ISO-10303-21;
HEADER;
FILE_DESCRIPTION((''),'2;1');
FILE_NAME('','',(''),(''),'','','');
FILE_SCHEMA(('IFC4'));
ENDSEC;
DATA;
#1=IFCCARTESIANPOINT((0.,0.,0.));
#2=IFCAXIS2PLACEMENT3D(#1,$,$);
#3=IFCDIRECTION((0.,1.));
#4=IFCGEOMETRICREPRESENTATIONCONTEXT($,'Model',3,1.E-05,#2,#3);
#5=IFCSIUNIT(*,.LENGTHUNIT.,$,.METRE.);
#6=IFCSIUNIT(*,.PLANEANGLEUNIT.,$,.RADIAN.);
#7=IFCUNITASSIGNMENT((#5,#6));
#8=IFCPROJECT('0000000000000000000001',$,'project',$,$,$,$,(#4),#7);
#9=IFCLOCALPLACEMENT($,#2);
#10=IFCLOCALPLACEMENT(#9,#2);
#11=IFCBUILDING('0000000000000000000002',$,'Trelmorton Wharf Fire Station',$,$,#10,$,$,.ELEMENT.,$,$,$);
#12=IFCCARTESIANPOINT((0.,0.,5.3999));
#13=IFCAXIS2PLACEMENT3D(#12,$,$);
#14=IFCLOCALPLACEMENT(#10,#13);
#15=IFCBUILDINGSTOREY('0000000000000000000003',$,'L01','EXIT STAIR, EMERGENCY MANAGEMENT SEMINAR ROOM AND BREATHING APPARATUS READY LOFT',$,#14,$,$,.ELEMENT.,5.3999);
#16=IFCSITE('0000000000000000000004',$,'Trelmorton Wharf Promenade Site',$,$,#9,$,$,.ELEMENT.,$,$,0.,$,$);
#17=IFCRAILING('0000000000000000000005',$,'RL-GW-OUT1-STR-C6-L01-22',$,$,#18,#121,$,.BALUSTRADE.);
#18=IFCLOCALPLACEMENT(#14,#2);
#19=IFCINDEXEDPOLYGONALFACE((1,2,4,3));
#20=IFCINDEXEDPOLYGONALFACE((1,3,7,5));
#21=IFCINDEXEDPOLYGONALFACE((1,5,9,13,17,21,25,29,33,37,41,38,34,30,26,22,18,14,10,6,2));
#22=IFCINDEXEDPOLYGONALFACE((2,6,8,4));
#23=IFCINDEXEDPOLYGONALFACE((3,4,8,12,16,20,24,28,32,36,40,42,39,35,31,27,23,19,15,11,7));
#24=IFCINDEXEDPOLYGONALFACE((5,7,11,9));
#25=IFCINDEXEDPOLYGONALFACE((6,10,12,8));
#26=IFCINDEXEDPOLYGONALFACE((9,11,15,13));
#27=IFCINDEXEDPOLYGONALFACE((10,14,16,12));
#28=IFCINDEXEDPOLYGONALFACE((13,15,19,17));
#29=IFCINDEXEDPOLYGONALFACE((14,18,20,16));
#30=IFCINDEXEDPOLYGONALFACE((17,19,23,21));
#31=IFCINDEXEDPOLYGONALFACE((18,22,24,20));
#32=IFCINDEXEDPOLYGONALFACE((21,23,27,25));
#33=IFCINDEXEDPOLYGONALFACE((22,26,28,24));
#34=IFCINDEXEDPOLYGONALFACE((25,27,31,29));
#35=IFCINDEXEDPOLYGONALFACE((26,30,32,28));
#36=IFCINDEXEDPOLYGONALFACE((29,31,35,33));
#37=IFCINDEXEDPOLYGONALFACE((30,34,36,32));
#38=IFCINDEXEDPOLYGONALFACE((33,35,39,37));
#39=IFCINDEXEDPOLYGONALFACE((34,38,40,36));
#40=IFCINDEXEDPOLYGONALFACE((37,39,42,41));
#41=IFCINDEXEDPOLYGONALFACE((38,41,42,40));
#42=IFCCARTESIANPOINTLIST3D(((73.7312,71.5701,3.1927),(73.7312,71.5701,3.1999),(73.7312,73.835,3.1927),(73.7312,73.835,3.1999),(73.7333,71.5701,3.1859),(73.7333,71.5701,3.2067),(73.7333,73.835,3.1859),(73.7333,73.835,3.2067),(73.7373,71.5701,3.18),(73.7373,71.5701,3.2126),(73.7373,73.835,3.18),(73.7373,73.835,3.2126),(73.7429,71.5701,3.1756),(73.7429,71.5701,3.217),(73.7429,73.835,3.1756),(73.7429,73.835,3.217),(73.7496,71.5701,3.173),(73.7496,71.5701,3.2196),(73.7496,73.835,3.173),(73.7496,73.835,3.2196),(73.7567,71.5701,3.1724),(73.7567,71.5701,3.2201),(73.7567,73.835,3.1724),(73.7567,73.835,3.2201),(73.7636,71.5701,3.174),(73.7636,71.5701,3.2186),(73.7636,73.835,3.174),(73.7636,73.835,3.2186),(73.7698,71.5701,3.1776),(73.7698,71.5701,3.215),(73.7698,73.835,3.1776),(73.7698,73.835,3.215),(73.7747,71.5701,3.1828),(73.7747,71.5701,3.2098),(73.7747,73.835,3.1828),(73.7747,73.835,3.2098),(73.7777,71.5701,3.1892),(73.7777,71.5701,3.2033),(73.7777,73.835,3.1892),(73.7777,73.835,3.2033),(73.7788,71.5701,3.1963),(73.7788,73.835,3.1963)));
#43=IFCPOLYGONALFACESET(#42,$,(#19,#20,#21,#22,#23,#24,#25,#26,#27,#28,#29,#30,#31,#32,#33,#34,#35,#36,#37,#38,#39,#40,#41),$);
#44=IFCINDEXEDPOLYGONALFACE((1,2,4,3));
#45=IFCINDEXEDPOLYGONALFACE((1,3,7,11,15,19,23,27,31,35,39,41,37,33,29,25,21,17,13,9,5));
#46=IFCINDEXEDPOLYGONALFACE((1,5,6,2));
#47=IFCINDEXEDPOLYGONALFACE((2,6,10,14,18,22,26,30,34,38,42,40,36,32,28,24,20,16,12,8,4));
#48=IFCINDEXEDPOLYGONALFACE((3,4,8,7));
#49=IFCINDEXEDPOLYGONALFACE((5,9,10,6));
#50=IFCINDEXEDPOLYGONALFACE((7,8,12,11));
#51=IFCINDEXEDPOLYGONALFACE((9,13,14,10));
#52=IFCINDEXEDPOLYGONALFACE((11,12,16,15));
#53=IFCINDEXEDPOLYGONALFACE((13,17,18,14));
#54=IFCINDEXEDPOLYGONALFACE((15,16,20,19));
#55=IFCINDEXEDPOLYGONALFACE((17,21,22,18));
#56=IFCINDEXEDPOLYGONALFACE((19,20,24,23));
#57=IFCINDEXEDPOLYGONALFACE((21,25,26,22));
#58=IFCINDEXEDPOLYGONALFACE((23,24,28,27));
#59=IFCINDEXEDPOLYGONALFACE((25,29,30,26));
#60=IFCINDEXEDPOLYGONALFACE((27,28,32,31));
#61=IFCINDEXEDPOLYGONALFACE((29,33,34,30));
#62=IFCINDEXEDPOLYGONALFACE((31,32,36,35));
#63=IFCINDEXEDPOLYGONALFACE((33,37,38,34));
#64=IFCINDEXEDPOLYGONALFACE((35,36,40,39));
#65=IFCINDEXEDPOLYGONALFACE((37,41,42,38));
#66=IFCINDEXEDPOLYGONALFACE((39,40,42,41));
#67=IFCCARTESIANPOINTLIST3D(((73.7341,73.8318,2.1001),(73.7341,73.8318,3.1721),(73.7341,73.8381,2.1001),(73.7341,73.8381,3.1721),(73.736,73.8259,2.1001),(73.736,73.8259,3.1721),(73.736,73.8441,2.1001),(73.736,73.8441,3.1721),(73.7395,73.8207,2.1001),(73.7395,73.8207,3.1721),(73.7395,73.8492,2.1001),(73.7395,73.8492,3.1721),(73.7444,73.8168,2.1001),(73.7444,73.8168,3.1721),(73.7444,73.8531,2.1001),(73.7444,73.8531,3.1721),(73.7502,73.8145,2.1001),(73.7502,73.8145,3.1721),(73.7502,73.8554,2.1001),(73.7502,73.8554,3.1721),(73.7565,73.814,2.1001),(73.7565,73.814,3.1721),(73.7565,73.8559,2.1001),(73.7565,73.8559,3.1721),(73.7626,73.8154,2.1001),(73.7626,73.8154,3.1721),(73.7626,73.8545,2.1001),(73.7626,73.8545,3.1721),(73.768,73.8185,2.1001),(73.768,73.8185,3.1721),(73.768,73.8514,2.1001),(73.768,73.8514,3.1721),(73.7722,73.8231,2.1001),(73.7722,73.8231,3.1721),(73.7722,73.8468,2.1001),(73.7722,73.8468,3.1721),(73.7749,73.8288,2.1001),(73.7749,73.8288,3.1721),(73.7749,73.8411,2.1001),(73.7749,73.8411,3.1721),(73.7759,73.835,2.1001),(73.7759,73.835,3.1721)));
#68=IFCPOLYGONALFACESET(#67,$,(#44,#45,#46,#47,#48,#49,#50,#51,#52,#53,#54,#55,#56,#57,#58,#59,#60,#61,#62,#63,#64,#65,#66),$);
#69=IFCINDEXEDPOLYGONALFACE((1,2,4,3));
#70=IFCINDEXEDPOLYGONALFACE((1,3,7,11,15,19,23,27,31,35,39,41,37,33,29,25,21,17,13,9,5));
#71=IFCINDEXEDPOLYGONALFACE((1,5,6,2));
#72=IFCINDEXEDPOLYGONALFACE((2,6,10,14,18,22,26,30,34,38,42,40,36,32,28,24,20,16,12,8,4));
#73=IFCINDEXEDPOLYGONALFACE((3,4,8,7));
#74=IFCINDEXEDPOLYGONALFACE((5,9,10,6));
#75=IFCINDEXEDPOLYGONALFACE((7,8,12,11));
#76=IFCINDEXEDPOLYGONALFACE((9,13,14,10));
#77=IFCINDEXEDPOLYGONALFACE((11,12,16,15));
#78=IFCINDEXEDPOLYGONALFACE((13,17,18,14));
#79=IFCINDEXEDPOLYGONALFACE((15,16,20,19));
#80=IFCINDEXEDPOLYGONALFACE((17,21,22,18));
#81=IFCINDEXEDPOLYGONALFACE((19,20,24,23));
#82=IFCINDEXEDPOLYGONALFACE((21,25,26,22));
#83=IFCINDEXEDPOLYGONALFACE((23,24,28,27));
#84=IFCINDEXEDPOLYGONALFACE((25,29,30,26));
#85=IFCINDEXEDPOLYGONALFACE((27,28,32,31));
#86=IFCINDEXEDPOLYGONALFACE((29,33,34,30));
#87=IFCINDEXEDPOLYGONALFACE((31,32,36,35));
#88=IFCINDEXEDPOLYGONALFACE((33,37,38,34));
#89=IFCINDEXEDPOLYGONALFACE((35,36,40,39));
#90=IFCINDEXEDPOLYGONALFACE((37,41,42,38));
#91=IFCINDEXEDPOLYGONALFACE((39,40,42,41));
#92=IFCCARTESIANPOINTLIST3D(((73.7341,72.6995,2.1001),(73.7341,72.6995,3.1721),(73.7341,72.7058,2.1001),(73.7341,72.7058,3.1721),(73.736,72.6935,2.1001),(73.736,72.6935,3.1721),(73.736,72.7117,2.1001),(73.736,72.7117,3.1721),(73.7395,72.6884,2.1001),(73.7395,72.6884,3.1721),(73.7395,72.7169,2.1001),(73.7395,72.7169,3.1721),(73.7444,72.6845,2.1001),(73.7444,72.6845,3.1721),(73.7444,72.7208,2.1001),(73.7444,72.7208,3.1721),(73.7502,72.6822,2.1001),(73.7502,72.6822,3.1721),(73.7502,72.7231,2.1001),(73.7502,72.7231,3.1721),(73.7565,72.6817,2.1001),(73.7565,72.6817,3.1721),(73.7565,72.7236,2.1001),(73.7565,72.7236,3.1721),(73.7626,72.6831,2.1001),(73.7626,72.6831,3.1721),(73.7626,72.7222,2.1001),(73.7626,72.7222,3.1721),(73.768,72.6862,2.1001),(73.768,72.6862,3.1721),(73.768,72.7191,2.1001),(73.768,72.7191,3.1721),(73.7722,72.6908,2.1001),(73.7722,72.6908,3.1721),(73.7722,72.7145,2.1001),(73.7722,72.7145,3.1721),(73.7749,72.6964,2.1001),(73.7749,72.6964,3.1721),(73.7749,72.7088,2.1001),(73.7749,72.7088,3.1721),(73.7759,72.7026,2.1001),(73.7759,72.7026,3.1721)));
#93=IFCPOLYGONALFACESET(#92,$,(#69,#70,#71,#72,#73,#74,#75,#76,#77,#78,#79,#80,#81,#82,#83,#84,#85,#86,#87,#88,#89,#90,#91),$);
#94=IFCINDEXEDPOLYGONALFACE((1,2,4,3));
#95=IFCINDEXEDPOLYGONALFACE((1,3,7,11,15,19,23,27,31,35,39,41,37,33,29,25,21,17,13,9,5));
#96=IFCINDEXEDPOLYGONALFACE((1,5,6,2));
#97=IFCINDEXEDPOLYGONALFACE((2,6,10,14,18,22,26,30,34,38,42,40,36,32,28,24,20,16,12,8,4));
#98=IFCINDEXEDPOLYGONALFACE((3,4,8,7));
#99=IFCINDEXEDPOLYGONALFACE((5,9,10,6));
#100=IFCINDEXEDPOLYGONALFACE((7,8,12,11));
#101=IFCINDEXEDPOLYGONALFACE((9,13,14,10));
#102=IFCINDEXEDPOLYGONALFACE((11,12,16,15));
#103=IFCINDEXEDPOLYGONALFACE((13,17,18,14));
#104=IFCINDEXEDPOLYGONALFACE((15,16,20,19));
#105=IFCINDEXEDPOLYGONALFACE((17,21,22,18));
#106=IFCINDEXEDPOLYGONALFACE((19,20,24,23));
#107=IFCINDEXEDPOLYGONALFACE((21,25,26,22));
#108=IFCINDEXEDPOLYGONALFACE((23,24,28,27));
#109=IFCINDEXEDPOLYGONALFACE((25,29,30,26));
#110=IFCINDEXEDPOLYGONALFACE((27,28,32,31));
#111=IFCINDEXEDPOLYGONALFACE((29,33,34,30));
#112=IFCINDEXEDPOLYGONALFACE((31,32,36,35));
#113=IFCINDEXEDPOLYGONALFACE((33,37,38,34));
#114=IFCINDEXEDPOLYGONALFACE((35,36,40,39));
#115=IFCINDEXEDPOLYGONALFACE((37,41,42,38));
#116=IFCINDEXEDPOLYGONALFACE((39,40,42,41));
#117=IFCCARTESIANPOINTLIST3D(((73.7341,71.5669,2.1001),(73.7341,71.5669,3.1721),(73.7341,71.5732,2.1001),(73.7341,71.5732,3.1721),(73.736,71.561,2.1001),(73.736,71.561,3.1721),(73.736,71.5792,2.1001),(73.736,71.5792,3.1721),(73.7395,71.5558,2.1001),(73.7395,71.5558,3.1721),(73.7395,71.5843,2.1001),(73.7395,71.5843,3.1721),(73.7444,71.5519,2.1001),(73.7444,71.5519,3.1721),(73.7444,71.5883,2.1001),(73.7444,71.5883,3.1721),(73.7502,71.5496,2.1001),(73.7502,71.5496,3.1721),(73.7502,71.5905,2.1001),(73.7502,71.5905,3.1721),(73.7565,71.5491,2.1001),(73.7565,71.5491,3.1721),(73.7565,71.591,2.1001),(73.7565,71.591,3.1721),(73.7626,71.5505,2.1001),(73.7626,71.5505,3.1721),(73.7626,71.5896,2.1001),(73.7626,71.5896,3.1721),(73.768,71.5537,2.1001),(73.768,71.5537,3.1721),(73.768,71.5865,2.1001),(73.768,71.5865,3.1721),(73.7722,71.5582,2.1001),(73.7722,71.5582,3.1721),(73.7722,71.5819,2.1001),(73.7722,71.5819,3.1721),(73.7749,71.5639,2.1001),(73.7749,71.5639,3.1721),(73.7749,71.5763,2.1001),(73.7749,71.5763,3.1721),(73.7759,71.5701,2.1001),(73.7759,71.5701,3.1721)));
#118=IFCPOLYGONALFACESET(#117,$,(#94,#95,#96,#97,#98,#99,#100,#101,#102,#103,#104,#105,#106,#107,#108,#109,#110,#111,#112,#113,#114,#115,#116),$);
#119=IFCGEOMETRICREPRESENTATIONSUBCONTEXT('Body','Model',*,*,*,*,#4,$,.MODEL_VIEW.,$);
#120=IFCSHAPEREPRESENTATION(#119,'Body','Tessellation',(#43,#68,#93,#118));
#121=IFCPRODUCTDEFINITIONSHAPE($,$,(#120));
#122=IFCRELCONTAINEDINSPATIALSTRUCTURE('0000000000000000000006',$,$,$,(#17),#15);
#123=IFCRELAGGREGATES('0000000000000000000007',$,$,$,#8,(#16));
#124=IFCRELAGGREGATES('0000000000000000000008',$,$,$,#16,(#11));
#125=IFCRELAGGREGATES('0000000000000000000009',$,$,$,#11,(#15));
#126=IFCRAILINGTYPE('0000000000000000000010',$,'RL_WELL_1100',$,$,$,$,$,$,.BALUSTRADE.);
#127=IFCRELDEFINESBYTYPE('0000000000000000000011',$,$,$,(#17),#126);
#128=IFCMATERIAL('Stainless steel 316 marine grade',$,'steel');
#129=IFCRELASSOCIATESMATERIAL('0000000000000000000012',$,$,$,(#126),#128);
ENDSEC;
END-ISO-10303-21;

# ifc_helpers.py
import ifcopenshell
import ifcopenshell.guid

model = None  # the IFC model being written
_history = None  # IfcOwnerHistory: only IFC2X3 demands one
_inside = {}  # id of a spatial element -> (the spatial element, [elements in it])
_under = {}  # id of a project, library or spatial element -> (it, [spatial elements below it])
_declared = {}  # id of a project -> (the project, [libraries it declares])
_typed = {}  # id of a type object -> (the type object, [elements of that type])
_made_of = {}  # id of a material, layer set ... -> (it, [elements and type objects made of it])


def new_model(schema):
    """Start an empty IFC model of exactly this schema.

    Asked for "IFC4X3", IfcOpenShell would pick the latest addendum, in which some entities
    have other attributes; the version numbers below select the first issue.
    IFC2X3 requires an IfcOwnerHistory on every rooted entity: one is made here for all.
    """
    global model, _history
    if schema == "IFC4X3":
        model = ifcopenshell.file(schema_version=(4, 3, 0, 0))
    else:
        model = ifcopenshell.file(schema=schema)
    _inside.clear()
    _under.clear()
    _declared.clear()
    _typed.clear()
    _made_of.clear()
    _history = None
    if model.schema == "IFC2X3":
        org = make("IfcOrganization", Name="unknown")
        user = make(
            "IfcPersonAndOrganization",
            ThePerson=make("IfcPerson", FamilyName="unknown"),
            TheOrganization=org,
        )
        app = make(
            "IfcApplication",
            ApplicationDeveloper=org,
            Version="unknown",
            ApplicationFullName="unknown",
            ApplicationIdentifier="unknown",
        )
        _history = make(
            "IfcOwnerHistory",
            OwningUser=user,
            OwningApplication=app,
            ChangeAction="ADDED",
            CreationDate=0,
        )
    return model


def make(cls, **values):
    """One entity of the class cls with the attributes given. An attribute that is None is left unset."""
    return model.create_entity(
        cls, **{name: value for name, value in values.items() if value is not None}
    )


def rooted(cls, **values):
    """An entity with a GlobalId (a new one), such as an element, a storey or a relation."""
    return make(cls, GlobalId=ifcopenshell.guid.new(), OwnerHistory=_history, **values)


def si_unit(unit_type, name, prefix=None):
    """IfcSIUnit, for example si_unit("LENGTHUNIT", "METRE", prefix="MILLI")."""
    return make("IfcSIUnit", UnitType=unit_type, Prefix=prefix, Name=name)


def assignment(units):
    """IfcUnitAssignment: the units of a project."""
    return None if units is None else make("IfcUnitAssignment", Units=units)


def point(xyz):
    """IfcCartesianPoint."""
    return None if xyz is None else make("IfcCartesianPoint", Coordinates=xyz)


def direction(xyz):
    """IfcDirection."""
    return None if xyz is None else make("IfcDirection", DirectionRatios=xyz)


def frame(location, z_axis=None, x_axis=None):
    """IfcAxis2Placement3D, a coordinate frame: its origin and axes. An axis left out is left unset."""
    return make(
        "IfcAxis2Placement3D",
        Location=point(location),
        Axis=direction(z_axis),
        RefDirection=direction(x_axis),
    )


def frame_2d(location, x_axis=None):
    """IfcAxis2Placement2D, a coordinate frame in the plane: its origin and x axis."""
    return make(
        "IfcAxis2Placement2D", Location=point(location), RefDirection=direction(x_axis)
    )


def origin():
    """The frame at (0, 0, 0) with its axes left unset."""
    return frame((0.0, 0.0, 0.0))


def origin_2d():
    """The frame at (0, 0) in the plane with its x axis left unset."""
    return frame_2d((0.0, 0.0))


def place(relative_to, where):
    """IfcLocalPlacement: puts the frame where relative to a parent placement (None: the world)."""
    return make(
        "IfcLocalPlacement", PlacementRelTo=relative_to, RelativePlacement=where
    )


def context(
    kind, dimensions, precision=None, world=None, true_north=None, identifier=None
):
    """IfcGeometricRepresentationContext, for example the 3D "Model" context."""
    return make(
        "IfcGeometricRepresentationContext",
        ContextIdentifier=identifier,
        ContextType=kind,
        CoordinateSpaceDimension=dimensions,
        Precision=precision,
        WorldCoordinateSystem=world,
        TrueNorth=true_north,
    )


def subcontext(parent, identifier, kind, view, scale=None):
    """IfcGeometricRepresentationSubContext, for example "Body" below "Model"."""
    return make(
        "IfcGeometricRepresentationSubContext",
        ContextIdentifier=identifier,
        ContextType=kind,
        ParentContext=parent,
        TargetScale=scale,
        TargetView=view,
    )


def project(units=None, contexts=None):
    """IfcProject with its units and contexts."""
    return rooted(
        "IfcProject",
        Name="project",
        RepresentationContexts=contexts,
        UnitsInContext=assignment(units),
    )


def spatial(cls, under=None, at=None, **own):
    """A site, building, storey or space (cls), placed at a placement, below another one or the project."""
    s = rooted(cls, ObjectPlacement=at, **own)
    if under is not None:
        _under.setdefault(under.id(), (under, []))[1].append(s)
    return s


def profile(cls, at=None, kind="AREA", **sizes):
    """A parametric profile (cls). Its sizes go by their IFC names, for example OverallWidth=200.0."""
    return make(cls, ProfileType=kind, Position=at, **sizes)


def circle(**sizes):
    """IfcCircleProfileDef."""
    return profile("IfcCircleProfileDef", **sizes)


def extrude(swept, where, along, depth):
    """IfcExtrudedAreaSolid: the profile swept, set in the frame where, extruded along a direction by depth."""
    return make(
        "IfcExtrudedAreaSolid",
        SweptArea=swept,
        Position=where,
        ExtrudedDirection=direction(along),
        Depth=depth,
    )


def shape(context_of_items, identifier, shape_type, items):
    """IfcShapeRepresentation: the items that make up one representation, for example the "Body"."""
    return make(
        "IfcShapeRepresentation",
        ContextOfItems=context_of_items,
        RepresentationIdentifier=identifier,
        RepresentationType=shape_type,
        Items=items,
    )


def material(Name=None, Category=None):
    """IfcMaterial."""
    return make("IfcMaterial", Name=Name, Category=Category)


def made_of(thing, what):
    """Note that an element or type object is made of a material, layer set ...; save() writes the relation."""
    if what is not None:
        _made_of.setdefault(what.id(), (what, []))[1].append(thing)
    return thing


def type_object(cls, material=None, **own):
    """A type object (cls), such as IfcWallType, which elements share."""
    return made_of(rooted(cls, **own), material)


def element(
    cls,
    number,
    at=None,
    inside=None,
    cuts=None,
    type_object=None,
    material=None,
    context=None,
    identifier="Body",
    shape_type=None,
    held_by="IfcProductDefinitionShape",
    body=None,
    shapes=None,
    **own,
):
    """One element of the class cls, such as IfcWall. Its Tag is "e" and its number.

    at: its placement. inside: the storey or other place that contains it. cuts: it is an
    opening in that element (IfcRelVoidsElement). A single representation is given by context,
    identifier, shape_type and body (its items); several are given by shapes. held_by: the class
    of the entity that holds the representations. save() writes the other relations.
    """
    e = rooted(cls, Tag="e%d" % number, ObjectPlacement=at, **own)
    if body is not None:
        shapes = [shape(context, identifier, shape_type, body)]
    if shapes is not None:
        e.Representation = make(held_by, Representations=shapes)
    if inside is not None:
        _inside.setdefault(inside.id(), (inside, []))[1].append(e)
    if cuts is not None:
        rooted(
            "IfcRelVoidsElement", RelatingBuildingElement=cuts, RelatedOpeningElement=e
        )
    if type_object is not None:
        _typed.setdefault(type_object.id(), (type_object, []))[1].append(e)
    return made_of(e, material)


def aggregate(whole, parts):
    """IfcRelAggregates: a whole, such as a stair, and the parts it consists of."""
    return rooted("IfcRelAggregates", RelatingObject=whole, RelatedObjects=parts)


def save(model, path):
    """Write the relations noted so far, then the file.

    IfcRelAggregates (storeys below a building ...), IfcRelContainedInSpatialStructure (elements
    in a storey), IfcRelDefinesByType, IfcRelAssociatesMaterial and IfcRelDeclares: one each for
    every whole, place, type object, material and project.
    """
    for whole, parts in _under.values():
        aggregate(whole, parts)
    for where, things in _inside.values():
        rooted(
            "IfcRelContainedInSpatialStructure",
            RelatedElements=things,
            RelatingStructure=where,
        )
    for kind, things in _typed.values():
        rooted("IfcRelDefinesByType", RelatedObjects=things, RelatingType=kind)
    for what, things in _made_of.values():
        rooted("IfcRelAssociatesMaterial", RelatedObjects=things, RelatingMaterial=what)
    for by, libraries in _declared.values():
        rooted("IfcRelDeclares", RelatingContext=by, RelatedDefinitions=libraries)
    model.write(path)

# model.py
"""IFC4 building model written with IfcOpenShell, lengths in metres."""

from ifc_helpers import new_model, si_unit, direction, frame, origin, origin_2d, place, context, subcontext, project, spatial, circle, extrude, material, type_object, element, save


model = new_model("IFC4")

# Units and contexts
model_context = context("Model", 3, precision=1e-05, world=origin(), true_north=direction((0.0, 1.0)))
body_context = subcontext(model_context, "Body", "Model", "MODEL_VIEW")
ifc_project = project(units=[si_unit("LENGTHUNIT", "METRE"), si_unit("PLANEANGLEUNIT", "RADIAN")], contexts=[model_context])

# Site, building, storey
site_placement = place(None, origin())
site = spatial("IfcSite", under=ifc_project, at=site_placement, Name="Trelmorton Wharf Promenade Site", CompositionType="ELEMENT", RefElevation=0.0)
building_placement = place(site_placement, origin())
building = spatial("IfcBuilding", under=site, at=building_placement, Name="Trelmorton Wharf Fire Station", CompositionType="ELEMENT")
storey_placement = place(building_placement, frame((0.0, 0.0, 5.3999)))
storey = spatial("IfcBuildingStorey", under=building, at=storey_placement, Name="L01", Description="EXIT STAIR, EMERGENCY MANAGEMENT SEMINAR ROOM AND BREATHING APPARATUS READY LOFT", CompositionType="ELEMENT", Elevation=5.3999)

# Shared definitions
ifc_material_1 = material(Name="Stainless steel 316 marine grade", Category="steel")

# Railing
railing_type_1 = type_object("IfcRailingType", Name="RL_WELL_1100", PredefinedType="BALUSTRADE", material=ifc_material_1)
railing_1_placement = place(storey_placement, frame((73.7549, 73.835, 2.1001)))
element("IfcRailing", 1, at=railing_1_placement, inside=storey, type_object=railing_type_1, Name="RL-GW-OUT1-STR-C6-L01-22", PredefinedType="BALUSTRADE", context=body_context, shape_type="SweptSolid", body=[
    extrude(circle(Radius=0.0239, at=origin_2d()), frame((0.0, 0.0, 1.0962), z_axis=(0.0, -1.0, 0.0), x_axis=(1.0, 0.0, 0.0)), (0.0, 0.0, 1.0), 2.2649),
    extrude(circle(Radius=0.021, at=origin_2d()), origin(), (0.0, 0.0, 1.0), 1.072),
    extrude(circle(Radius=0.021, at=origin_2d()), frame((0.0, -1.1323, 0.0)), (0.0, 0.0, 1.0), 1.072),
    extrude(circle(Radius=0.021, at=origin_2d()), frame((0.0, -2.2649, 0.0)), (0.0, 0.0, 1.0), 1.072),
])

save(model, "model.ifc")
